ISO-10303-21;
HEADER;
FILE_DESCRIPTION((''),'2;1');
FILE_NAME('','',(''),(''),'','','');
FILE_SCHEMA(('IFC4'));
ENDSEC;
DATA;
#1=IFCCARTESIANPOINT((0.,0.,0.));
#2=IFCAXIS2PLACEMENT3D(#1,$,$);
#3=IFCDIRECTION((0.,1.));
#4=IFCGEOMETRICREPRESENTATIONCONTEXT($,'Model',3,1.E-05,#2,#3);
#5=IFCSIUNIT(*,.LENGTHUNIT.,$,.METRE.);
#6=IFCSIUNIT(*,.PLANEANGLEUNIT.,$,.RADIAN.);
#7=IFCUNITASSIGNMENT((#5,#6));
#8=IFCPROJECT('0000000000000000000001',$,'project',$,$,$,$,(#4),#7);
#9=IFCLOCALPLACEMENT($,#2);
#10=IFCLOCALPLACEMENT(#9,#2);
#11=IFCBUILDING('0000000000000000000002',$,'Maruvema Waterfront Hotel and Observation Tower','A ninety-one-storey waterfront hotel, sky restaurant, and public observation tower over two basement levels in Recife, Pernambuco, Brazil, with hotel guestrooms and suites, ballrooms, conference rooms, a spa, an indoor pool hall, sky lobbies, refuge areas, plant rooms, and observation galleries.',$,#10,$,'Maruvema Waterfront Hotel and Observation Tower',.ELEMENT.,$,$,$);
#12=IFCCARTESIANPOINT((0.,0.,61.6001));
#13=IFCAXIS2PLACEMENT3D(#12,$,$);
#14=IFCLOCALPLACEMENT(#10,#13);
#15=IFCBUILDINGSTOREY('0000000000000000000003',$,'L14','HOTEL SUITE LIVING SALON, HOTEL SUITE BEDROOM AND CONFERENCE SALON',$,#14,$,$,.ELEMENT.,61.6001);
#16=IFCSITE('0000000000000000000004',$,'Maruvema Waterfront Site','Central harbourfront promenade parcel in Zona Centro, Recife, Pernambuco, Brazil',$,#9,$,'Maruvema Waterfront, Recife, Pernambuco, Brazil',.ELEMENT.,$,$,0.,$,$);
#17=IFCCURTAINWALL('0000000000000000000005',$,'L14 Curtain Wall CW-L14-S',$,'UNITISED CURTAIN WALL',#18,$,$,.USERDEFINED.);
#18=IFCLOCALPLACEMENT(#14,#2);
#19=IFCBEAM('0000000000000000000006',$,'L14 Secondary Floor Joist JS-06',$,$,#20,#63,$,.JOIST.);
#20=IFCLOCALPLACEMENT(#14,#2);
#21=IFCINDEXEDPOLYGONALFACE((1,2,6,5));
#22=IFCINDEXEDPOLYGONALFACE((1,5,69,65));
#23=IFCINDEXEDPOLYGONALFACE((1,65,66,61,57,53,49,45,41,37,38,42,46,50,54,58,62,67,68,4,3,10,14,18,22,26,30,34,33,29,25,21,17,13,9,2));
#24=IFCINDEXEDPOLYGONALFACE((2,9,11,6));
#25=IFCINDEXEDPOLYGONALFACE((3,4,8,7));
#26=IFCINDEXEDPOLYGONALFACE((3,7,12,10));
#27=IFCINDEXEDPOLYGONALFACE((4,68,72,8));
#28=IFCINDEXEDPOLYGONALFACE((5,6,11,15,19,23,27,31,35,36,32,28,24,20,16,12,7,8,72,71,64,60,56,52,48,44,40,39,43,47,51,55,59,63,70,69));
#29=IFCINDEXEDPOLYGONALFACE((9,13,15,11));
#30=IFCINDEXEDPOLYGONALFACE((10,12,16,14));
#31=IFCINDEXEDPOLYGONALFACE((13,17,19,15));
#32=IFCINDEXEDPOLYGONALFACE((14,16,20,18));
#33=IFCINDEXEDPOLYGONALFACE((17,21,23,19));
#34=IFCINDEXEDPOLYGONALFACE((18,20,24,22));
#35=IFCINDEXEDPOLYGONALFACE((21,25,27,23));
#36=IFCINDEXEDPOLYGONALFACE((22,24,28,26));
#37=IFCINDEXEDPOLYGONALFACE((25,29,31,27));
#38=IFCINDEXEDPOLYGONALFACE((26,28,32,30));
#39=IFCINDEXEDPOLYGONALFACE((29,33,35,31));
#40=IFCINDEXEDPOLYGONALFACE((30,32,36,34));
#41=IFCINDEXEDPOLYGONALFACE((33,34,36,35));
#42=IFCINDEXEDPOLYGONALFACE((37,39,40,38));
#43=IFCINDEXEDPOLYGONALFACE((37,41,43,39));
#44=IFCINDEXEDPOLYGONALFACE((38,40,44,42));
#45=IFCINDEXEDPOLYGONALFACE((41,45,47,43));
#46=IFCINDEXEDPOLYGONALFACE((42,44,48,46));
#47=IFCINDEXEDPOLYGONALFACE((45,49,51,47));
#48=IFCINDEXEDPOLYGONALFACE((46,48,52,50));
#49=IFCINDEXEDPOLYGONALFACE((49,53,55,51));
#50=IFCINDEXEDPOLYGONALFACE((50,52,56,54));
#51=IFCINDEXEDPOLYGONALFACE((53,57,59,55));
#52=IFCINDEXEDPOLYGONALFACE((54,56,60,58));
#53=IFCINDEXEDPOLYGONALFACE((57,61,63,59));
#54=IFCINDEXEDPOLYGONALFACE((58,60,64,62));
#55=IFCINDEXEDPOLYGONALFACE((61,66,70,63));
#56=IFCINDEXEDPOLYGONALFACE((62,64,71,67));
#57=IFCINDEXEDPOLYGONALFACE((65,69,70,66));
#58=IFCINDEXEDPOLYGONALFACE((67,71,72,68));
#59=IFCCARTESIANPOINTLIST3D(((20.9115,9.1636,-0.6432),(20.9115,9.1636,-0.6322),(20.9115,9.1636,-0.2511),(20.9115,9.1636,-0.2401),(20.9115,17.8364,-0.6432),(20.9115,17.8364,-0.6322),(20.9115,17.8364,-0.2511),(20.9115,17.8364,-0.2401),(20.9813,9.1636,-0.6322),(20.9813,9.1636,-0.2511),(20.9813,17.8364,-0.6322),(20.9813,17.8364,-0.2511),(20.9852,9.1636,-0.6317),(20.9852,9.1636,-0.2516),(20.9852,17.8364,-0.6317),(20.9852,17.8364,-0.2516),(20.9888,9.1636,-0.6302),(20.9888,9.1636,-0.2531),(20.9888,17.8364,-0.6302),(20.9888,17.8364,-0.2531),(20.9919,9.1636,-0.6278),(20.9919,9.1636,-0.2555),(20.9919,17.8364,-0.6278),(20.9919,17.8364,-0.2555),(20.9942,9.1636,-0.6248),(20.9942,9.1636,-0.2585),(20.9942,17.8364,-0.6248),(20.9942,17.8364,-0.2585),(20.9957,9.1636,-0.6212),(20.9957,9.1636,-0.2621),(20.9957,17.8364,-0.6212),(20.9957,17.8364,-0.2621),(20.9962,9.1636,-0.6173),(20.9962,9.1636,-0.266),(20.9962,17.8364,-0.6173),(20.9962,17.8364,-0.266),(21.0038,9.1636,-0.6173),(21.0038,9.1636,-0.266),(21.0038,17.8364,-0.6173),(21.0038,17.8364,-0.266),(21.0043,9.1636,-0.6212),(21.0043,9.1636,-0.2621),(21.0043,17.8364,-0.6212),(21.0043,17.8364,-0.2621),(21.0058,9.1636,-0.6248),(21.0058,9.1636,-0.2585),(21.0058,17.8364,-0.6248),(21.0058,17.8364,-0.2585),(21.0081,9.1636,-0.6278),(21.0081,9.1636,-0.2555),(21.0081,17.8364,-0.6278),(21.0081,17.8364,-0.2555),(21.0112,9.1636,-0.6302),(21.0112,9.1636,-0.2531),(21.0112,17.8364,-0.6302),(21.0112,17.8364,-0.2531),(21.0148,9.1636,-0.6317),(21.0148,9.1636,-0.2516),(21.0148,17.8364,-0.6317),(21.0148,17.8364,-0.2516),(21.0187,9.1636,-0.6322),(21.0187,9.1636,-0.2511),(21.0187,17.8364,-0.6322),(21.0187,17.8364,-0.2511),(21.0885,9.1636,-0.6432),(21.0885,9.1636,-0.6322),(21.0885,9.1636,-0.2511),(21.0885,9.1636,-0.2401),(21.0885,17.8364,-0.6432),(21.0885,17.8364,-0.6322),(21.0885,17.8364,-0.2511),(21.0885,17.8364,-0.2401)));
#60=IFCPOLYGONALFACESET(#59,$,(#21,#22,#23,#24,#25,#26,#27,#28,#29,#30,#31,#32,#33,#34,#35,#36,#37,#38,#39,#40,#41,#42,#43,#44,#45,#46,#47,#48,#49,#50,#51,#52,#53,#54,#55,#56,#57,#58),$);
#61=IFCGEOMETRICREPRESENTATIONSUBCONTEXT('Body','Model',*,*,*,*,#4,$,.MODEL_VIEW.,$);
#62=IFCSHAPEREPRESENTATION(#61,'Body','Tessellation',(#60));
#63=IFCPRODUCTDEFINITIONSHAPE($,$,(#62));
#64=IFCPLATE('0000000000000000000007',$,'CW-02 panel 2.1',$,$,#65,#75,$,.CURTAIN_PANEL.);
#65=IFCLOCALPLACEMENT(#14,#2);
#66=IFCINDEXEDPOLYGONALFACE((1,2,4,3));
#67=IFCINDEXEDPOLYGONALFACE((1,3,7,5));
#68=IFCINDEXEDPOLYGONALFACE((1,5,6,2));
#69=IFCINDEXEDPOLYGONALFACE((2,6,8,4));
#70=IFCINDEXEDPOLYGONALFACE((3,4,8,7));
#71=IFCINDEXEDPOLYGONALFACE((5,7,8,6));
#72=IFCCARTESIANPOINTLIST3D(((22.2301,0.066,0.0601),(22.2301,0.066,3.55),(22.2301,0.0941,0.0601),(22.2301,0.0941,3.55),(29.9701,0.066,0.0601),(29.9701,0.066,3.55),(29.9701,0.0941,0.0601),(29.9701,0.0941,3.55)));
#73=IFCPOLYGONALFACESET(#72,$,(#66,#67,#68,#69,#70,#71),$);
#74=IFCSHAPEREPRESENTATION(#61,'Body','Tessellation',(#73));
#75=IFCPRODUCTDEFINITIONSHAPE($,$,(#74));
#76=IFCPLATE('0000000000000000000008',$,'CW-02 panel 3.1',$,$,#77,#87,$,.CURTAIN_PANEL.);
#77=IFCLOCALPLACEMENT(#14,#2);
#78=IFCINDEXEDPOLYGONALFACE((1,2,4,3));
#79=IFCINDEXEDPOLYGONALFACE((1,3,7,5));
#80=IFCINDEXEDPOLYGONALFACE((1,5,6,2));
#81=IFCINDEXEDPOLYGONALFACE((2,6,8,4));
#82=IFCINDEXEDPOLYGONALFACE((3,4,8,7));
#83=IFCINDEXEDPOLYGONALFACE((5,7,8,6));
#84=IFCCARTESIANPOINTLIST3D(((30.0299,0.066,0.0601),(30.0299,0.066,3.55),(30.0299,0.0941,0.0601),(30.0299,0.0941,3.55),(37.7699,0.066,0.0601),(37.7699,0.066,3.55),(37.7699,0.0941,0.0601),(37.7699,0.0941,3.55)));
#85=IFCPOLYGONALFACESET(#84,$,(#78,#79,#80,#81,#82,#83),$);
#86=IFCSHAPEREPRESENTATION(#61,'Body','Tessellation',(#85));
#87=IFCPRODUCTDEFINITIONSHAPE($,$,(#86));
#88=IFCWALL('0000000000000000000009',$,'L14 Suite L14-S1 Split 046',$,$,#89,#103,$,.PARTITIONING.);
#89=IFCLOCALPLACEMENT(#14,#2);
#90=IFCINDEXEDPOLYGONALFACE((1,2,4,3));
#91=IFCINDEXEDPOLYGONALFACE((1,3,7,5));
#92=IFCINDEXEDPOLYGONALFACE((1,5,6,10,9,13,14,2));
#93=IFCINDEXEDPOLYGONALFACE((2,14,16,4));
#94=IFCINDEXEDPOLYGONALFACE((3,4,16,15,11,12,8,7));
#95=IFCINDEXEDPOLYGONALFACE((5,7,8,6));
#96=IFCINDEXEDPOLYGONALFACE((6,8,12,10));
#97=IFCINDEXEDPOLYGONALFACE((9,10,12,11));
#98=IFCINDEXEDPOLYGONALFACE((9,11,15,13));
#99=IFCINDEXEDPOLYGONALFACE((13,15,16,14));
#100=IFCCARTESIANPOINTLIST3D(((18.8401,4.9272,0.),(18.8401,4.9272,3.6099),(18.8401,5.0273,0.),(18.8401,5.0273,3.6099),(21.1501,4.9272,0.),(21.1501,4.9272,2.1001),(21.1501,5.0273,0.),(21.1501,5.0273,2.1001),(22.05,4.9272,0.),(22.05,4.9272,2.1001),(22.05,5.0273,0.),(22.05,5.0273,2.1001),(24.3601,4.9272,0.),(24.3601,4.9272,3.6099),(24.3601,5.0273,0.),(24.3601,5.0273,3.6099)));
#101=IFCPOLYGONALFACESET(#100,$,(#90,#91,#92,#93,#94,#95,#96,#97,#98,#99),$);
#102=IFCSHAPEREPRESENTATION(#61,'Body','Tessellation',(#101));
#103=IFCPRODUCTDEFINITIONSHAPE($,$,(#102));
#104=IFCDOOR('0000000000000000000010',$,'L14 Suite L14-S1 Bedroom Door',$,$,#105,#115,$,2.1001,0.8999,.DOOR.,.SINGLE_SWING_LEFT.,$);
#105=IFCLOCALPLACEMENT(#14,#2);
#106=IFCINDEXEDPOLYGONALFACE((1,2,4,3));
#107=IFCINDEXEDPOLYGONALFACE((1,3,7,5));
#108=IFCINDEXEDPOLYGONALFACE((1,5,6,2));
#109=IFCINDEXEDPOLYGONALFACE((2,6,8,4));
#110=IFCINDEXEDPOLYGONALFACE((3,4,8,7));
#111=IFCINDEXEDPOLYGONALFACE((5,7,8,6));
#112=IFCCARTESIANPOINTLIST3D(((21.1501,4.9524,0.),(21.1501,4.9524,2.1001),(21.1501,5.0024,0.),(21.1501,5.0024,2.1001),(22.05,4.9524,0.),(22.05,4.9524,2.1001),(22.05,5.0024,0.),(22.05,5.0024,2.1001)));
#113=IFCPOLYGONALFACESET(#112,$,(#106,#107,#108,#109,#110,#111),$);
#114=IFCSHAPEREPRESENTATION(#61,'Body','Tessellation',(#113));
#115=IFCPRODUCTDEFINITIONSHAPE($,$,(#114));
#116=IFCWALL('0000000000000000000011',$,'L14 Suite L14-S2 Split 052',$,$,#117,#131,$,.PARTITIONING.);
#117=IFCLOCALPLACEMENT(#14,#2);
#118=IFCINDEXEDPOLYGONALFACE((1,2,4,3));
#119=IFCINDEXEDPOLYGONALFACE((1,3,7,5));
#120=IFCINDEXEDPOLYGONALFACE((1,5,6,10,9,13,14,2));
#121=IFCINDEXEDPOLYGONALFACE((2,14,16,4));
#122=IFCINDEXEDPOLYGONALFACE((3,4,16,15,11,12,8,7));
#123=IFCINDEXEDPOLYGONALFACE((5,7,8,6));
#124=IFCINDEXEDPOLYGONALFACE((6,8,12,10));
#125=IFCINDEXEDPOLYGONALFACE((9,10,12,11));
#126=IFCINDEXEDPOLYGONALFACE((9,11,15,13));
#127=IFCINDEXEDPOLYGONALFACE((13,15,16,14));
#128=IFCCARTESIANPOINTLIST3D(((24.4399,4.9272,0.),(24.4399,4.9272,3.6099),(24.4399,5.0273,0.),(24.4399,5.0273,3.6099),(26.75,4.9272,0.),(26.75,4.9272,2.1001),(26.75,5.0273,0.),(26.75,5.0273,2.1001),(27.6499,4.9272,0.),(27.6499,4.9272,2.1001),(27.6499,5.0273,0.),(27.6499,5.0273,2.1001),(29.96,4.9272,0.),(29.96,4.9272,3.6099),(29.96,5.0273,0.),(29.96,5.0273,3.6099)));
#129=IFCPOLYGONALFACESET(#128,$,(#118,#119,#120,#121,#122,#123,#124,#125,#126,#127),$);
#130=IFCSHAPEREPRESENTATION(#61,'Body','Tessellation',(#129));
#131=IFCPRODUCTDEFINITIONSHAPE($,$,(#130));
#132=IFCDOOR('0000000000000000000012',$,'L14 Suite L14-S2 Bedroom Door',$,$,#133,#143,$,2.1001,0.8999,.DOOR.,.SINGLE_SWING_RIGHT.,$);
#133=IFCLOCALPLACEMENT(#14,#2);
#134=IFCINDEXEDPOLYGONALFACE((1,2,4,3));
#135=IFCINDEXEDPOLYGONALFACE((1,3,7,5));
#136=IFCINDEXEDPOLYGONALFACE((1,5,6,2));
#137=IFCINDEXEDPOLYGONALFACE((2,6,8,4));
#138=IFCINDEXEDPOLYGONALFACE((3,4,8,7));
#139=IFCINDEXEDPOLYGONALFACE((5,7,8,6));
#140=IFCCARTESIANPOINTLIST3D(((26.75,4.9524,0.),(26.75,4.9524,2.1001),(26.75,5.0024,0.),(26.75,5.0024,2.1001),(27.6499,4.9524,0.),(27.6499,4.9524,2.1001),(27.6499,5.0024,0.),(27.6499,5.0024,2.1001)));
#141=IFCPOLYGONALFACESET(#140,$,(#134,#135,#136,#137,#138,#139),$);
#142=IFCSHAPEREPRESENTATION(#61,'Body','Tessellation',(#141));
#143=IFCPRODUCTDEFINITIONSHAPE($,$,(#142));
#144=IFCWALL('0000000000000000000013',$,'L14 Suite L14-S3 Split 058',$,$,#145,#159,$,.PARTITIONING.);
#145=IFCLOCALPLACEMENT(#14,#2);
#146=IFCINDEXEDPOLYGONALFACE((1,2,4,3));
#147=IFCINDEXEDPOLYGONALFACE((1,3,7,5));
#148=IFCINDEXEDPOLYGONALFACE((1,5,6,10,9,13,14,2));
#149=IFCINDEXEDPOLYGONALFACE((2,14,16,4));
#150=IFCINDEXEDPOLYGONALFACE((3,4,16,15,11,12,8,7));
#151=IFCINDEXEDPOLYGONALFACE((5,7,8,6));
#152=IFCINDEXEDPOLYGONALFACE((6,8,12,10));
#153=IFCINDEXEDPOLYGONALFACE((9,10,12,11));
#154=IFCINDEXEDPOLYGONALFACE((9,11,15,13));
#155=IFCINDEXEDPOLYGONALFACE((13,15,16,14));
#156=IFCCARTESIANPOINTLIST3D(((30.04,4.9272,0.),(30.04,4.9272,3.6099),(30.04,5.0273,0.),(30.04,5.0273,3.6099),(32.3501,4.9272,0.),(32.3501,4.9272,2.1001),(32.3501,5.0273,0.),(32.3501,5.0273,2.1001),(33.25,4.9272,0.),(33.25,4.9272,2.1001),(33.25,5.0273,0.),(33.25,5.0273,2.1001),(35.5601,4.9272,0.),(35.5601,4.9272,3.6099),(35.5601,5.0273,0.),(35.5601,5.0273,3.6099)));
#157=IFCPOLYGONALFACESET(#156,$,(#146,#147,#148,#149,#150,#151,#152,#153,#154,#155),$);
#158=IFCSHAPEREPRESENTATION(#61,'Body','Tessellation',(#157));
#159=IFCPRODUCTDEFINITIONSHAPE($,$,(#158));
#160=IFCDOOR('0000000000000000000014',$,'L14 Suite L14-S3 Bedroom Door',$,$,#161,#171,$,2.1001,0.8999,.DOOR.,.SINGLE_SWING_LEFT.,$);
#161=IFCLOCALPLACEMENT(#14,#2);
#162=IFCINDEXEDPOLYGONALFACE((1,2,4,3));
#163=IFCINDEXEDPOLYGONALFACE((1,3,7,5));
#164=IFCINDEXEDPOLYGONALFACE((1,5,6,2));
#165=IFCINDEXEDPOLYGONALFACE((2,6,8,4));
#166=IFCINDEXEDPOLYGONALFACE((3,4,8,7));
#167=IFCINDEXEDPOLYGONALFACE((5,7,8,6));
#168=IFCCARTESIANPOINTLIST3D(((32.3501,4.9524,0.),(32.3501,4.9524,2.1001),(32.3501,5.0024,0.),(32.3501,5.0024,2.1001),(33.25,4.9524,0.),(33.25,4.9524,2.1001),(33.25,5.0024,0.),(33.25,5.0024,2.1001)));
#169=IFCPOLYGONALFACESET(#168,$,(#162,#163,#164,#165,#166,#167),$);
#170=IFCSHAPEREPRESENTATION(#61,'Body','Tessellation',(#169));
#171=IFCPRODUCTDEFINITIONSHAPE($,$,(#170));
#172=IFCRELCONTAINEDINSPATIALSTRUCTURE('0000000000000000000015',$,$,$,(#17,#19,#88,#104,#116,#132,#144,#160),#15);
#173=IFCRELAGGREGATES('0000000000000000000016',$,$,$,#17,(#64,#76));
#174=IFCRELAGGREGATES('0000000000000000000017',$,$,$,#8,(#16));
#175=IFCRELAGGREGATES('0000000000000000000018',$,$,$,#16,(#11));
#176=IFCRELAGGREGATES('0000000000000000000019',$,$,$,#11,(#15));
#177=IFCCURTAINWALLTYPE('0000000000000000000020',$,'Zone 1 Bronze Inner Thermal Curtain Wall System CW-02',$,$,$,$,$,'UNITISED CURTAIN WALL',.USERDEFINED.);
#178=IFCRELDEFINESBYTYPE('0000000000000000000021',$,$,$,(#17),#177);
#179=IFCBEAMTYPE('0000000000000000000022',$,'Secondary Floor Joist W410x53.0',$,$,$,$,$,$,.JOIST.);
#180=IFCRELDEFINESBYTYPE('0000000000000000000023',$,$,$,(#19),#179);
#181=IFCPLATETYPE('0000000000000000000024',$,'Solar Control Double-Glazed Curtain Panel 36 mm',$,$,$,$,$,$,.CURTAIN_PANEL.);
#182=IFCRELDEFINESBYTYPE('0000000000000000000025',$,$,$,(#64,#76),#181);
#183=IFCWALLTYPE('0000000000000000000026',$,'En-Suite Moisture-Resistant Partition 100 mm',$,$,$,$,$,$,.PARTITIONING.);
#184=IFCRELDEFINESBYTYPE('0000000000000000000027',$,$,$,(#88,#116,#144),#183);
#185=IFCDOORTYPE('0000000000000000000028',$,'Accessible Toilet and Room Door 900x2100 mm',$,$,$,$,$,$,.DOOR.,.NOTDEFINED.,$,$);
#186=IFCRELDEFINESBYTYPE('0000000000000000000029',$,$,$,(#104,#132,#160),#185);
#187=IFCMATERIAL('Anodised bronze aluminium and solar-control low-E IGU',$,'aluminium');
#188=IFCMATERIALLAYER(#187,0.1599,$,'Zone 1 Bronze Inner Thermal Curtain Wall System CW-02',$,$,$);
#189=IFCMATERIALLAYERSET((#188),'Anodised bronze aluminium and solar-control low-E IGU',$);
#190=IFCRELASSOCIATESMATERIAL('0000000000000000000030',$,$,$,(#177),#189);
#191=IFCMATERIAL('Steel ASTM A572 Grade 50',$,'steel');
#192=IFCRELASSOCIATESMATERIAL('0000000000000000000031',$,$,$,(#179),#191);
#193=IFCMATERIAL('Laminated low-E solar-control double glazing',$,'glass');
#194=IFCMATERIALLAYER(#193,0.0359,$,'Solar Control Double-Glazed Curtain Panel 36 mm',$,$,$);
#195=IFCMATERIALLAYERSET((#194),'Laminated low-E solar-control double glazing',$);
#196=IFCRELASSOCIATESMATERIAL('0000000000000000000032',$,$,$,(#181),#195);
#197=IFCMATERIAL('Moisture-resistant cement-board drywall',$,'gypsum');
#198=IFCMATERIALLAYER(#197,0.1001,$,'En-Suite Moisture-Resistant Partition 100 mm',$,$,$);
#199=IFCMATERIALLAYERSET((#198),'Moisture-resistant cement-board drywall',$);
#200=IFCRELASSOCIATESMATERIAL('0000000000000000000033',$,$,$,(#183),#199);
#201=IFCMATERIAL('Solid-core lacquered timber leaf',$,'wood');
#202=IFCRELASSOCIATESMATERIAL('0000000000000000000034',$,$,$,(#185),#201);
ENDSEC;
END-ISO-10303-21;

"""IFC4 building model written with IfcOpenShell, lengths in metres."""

from ifc_helpers import new_model, si_unit, direction, frame, frame_2d, origin, origin_2d, place, context, subcontext, project, spatial, rectangle, i_section, extrude, material, layer, layer_set, material_profile, profile_set, type_object, element, fill, aggregate, save


model = new_model("IFC4")

# Units and contexts
model_context = context("Model", 3, precision=1e-05, world=origin(), true_north=direction((0.0, 1.0)))
body_context = subcontext(model_context, "Body", "Model", "MODEL_VIEW")
ifc_project = project(units=[si_unit("LENGTHUNIT", "METRE"), si_unit("PLANEANGLEUNIT", "RADIAN")], contexts=[model_context])

# Site, building, storey
site_placement = place(None, origin())
site = spatial("IfcSite", under=ifc_project, at=site_placement, Name="Maruvema Waterfront Site", Description="Central harbourfront promenade parcel in Zona Centro, Recife, Pernambuco, Brazil", LongName="Maruvema Waterfront, Recife, Pernambuco, Brazil", CompositionType="ELEMENT", RefElevation=0.0)
building_placement = place(site_placement, origin())
building = spatial("IfcBuilding", under=site, at=building_placement, Name="Maruvema Waterfront Hotel and Observation Tower", Description="A ninety-one-storey waterfront hotel, sky restaurant, and public observation tower over two basement levels in Recife, Pernambuco, Brazil, with hotel guestrooms and suites, ballrooms, conference rooms, a spa, an indoor pool hall, sky lobbies, refuge areas, plant rooms, and observation galleries.", LongName="Maruvema Waterfront Hotel and Observation Tower", CompositionType="ELEMENT")
storey_placement = place(building_placement, frame((0.0, 0.0, 61.6001)))
storey = spatial("IfcBuildingStorey", under=building, at=storey_placement, Name="L14", Description="HOTEL SUITE LIVING SALON, HOTEL SUITE BEDROOM AND CONFERENCE SALON", CompositionType="ELEMENT", Elevation=61.6001)

# Curtain wall
ifc_material_1 = material(Name="Anodised bronze aluminium and solar-control low-E IGU", Category="aluminium")
ifc_layer_1 = layer(ifc_material_1, 0.1599, Name="Zone 1 Bronze Inner Thermal Curtain Wall System CW-02")
ifc_layer_set_1 = layer_set([ifc_layer_1], Name="Anodised bronze aluminium and solar-control low-E IGU")
curtain_wall_type = type_object("IfcCurtainWallType", Name="Zone 1 Bronze Inner Thermal Curtain Wall System CW-02", ElementType="UNITISED CURTAIN WALL", PredefinedType="USERDEFINED", material=ifc_layer_set_1)
curtain_wall_placement = place(storey_placement, origin())
curtain_wall = element("IfcCurtainWall", 1, at=curtain_wall_placement, inside=storey, type_object=curtain_wall_type, Name="L14 Curtain Wall CW-L14-S", ObjectType="UNITISED CURTAIN WALL", PredefinedType="USERDEFINED")

# Beam
ifc_material_2 = material(Name="Steel ASTM A572 Grade 50", Category="steel")
ifc_material_profile_1 = material_profile(ifc_material_2, i_section(OverallWidth=0.177, OverallDepth=0.4031, WebThickness=0.0076, FlangeThickness=0.011, FilletRadius=0.0149, at=origin_2d()), Name="W410x53.0")
ifc_profile_set_1 = profile_set([ifc_material_profile_1], Name="Steel ASTM A572 Grade 50")
beam_type_1 = type_object("IfcBeamType", Name="Secondary Floor Joist W410x53.0", PredefinedType="JOIST", material=ifc_profile_set_1)
beam_1_placement = place(storey_placement, frame((21.0, 9.1636, -0.4417), z_axis=(0.0, 1.0, 0.0), x_axis=(-1.0, 0.0, 0.0)))
element("IfcBeam", 2, at=beam_1_placement, inside=storey, type_object=beam_type_1, Name="L14 Secondary Floor Joist JS-06", PredefinedType="JOIST", context=body_context, shape_type="SweptSolid", body=[
    extrude(i_section(OverallWidth=0.177, OverallDepth=0.4031, WebThickness=0.0076, FlangeThickness=0.011, FilletRadius=0.0149, at=origin_2d()), origin(), (0.0, 0.0, 1.0), 8.6729),
])

# Plates
ifc_material_3 = material(Name="Laminated low-E solar-control double glazing", Category="glass")
ifc_layer_2 = layer(ifc_material_3, 0.0359, Name="Solar Control Double-Glazed Curtain Panel 36 mm")
ifc_layer_set_2 = layer_set([ifc_layer_2], Name="Laminated low-E solar-control double glazing")
plate_type = type_object("IfcPlateType", Name="Solar Control Double-Glazed Curtain Panel 36 mm", PredefinedType="CURTAIN_PANEL", material=ifc_layer_set_2)
plate_1_placement = place(storey_placement, frame((26.1001, 0.0801, 0.0601), z_axis=(0.0, 0.0, 1.0), x_axis=(1.0, 0.0, 0.0)))
plate_1 = element("IfcPlate", 3, at=plate_1_placement, type_object=plate_type, Name="CW-02 panel 2.1", PredefinedType="CURTAIN_PANEL", context=body_context, shape_type="SweptSolid", body=[
    extrude(rectangle(XDim=7.74, YDim=0.0281, at=origin_2d()), origin(), (0.0, 0.0, 1.0), 3.49),
])
plate_2_placement = place(storey_placement, frame((33.8999, 0.0801, 0.0601), z_axis=(0.0, 0.0, 1.0), x_axis=(1.0, 0.0, 0.0)))
plate_2 = element("IfcPlate", 4, at=plate_2_placement, type_object=plate_type, Name="CW-02 panel 3.1", PredefinedType="CURTAIN_PANEL", context=body_context, shape_type="SweptSolid", body=[
    extrude(rectangle(XDim=7.74, YDim=0.0281, at=origin_2d()), origin(), (0.0, 0.0, 1.0), 3.49),
])
aggregate(curtain_wall, [plate_1, plate_2])

# Walls, openings, doors
ifc_material_4 = material(Name="Moisture-resistant cement-board drywall", Category="gypsum")
ifc_layer_3 = layer(ifc_material_4, 0.1001, Name="En-Suite Moisture-Resistant Partition 100 mm")
ifc_layer_set_3 = layer_set([ifc_layer_3], Name="Moisture-resistant cement-board drywall")
wall_type_1 = type_object("IfcWallType", Name="En-Suite Moisture-Resistant Partition 100 mm", PredefinedType="PARTITIONING", material=ifc_layer_set_3)
wall_1_placement = place(storey_placement, frame((18.8401, 4.9773, 0.0), z_axis=(0.0, 0.0, 1.0), x_axis=(1.0, 0.0, 0.0)))
wall_1 = element("IfcWall", 5, at=wall_1_placement, inside=storey, type_object=wall_type_1, Name="L14 Suite L14-S1 Split 046", PredefinedType="PARTITIONING", context=body_context, shape_type="SweptSolid", body=[
    extrude(rectangle(XDim=5.52, YDim=0.1001, at=frame_2d((2.76, 0.0))), origin(), (0.0, 0.0, 1.0), 3.6099),
])
opening_1_placement = place(wall_1_placement, frame((2.3101, 0.0, 0.0)))
opening_1 = element("IfcOpeningElement", 6, at=opening_1_placement, cuts=wall_1, PredefinedType="OPENING", context=body_context, shape_type="SweptSolid", body=[
    extrude(rectangle(XDim=0.8999, YDim=2.1001, at=frame_2d((0.45, 1.05))), frame((0.0, 0.0601, 0.0), z_axis=(0.0, -1.0, 0.0), x_axis=(1.0, 0.0, 0.0)), (0.0, 0.0, 1.0), 0.1201),
])
ifc_material_5 = material(Name="Solid-core lacquered timber leaf", Category="wood")
door_type = type_object("IfcDoorType", Name="Accessible Toilet and Room Door 900x2100 mm", OperationType="NOTDEFINED", PredefinedType="DOOR", material=ifc_material_5)
door_1_placement = place(opening_1_placement, frame((0.8999, 0.0, 0.0), z_axis=(0.0, 0.0, 1.0), x_axis=(-1.0, 0.0, 0.0)))
door_1 = element("IfcDoor", 7, at=door_1_placement, inside=storey, type_object=door_type, Name="L14 Suite L14-S1 Bedroom Door", OperationType="SINGLE_SWING_LEFT", OverallHeight=2.1001, OverallWidth=0.8999, PredefinedType="DOOR", context=body_context, shape_type="SweptSolid", body=[
    extrude(rectangle(XDim=0.8999, YDim=2.1001, at=frame_2d((0.45, 1.05))), frame((0.0, 0.0249, 0.0), z_axis=(0.0, -1.0, 0.0), x_axis=(1.0, 0.0, 0.0)), (0.0, 0.0, 1.0), 0.05),
])
fill(opening_1, door_1)
wall_2_placement = place(storey_placement, frame((24.4399, 4.9773, 0.0), z_axis=(0.0, 0.0, 1.0), x_axis=(1.0, 0.0, 0.0)))
wall_2 = element("IfcWall", 8, at=wall_2_placement, inside=storey, type_object=wall_type_1, Name="L14 Suite L14-S2 Split 052", PredefinedType="PARTITIONING", context=body_context, shape_type="SweptSolid", body=[
    extrude(rectangle(XDim=5.52, YDim=0.1001, at=frame_2d((2.76, 0.0))), origin(), (0.0, 0.0, 1.0), 3.6099),
])
opening_2_placement = place(wall_2_placement, frame((2.3101, 0.0, 0.0)))
opening_2 = element("IfcOpeningElement", 9, at=opening_2_placement, cuts=wall_2, PredefinedType="OPENING", context=body_context, shape_type="SweptSolid", body=[
    extrude(rectangle(XDim=0.8999, YDim=2.1001, at=frame_2d((0.45, 1.05))), frame((0.0, 0.0601, 0.0), z_axis=(0.0, -1.0, 0.0), x_axis=(1.0, 0.0, 0.0)), (0.0, 0.0, 1.0), 0.1201),
])
door_2_placement = place(opening_2_placement, frame((0.8999, 0.0, 0.0), z_axis=(0.0, 0.0, 1.0), x_axis=(-1.0, 0.0, 0.0)))
door_2 = element("IfcDoor", 10, at=door_2_placement, inside=storey, type_object=door_type, Name="L14 Suite L14-S2 Bedroom Door", OperationType="SINGLE_SWING_RIGHT", OverallHeight=2.1001, OverallWidth=0.8999, PredefinedType="DOOR", context=body_context, shape_type="SweptSolid", body=[
    extrude(rectangle(XDim=0.8999, YDim=2.1001, at=frame_2d((0.45, 1.05))), frame((0.0, 0.0249, 0.0), z_axis=(0.0, -1.0, 0.0), x_axis=(1.0, 0.0, 0.0)), (0.0, 0.0, 1.0), 0.05),
])
fill(opening_2, door_2)
wall_3_placement = place(storey_placement, frame((30.04, 4.9773, 0.0), z_axis=(0.0, 0.0, 1.0), x_axis=(1.0, 0.0, 0.0)))
wall_3 = element("IfcWall", 11, at=wall_3_placement, inside=storey, type_object=wall_type_1, Name="L14 Suite L14-S3 Split 058", PredefinedType="PARTITIONING", context=body_context, shape_type="SweptSolid", body=[
    extrude(rectangle(XDim=5.52, YDim=0.1001, at=frame_2d((2.76, 0.0))), origin(), (0.0, 0.0, 1.0), 3.6099),
])
opening_3_placement = place(wall_3_placement, frame((2.3101, 0.0, 0.0)))
opening_3 = element("IfcOpeningElement", 12, at=opening_3_placement, cuts=wall_3, PredefinedType="OPENING", context=body_context, shape_type="SweptSolid", body=[
    extrude(rectangle(XDim=0.8999, YDim=2.1001, at=frame_2d((0.45, 1.05))), frame((0.0, 0.0601, 0.0), z_axis=(0.0, -1.0, 0.0), x_axis=(1.0, 0.0, 0.0)), (0.0, 0.0, 1.0), 0.1201),
])
door_3_placement = place(opening_3_placement, frame((0.8999, 0.0, 0.0), z_axis=(0.0, 0.0, 1.0), x_axis=(-1.0, 0.0, 0.0)))
door_3 = element("IfcDoor", 13, at=door_3_placement, inside=storey, type_object=door_type, Name="L14 Suite L14-S3 Bedroom Door", OperationType="SINGLE_SWING_LEFT", OverallHeight=2.1001, OverallWidth=0.8999, PredefinedType="DOOR", context=body_context, shape_type="SweptSolid", body=[
    extrude(rectangle(XDim=0.8999, YDim=2.1001, at=frame_2d((0.45, 1.05))), frame((0.0, 0.0249, 0.0), z_axis=(0.0, -1.0, 0.0), x_axis=(1.0, 0.0, 0.0)), (0.0, 0.0, 1.0), 0.05),
])
fill(opening_3, door_3)

save(model, "model.ifc")
